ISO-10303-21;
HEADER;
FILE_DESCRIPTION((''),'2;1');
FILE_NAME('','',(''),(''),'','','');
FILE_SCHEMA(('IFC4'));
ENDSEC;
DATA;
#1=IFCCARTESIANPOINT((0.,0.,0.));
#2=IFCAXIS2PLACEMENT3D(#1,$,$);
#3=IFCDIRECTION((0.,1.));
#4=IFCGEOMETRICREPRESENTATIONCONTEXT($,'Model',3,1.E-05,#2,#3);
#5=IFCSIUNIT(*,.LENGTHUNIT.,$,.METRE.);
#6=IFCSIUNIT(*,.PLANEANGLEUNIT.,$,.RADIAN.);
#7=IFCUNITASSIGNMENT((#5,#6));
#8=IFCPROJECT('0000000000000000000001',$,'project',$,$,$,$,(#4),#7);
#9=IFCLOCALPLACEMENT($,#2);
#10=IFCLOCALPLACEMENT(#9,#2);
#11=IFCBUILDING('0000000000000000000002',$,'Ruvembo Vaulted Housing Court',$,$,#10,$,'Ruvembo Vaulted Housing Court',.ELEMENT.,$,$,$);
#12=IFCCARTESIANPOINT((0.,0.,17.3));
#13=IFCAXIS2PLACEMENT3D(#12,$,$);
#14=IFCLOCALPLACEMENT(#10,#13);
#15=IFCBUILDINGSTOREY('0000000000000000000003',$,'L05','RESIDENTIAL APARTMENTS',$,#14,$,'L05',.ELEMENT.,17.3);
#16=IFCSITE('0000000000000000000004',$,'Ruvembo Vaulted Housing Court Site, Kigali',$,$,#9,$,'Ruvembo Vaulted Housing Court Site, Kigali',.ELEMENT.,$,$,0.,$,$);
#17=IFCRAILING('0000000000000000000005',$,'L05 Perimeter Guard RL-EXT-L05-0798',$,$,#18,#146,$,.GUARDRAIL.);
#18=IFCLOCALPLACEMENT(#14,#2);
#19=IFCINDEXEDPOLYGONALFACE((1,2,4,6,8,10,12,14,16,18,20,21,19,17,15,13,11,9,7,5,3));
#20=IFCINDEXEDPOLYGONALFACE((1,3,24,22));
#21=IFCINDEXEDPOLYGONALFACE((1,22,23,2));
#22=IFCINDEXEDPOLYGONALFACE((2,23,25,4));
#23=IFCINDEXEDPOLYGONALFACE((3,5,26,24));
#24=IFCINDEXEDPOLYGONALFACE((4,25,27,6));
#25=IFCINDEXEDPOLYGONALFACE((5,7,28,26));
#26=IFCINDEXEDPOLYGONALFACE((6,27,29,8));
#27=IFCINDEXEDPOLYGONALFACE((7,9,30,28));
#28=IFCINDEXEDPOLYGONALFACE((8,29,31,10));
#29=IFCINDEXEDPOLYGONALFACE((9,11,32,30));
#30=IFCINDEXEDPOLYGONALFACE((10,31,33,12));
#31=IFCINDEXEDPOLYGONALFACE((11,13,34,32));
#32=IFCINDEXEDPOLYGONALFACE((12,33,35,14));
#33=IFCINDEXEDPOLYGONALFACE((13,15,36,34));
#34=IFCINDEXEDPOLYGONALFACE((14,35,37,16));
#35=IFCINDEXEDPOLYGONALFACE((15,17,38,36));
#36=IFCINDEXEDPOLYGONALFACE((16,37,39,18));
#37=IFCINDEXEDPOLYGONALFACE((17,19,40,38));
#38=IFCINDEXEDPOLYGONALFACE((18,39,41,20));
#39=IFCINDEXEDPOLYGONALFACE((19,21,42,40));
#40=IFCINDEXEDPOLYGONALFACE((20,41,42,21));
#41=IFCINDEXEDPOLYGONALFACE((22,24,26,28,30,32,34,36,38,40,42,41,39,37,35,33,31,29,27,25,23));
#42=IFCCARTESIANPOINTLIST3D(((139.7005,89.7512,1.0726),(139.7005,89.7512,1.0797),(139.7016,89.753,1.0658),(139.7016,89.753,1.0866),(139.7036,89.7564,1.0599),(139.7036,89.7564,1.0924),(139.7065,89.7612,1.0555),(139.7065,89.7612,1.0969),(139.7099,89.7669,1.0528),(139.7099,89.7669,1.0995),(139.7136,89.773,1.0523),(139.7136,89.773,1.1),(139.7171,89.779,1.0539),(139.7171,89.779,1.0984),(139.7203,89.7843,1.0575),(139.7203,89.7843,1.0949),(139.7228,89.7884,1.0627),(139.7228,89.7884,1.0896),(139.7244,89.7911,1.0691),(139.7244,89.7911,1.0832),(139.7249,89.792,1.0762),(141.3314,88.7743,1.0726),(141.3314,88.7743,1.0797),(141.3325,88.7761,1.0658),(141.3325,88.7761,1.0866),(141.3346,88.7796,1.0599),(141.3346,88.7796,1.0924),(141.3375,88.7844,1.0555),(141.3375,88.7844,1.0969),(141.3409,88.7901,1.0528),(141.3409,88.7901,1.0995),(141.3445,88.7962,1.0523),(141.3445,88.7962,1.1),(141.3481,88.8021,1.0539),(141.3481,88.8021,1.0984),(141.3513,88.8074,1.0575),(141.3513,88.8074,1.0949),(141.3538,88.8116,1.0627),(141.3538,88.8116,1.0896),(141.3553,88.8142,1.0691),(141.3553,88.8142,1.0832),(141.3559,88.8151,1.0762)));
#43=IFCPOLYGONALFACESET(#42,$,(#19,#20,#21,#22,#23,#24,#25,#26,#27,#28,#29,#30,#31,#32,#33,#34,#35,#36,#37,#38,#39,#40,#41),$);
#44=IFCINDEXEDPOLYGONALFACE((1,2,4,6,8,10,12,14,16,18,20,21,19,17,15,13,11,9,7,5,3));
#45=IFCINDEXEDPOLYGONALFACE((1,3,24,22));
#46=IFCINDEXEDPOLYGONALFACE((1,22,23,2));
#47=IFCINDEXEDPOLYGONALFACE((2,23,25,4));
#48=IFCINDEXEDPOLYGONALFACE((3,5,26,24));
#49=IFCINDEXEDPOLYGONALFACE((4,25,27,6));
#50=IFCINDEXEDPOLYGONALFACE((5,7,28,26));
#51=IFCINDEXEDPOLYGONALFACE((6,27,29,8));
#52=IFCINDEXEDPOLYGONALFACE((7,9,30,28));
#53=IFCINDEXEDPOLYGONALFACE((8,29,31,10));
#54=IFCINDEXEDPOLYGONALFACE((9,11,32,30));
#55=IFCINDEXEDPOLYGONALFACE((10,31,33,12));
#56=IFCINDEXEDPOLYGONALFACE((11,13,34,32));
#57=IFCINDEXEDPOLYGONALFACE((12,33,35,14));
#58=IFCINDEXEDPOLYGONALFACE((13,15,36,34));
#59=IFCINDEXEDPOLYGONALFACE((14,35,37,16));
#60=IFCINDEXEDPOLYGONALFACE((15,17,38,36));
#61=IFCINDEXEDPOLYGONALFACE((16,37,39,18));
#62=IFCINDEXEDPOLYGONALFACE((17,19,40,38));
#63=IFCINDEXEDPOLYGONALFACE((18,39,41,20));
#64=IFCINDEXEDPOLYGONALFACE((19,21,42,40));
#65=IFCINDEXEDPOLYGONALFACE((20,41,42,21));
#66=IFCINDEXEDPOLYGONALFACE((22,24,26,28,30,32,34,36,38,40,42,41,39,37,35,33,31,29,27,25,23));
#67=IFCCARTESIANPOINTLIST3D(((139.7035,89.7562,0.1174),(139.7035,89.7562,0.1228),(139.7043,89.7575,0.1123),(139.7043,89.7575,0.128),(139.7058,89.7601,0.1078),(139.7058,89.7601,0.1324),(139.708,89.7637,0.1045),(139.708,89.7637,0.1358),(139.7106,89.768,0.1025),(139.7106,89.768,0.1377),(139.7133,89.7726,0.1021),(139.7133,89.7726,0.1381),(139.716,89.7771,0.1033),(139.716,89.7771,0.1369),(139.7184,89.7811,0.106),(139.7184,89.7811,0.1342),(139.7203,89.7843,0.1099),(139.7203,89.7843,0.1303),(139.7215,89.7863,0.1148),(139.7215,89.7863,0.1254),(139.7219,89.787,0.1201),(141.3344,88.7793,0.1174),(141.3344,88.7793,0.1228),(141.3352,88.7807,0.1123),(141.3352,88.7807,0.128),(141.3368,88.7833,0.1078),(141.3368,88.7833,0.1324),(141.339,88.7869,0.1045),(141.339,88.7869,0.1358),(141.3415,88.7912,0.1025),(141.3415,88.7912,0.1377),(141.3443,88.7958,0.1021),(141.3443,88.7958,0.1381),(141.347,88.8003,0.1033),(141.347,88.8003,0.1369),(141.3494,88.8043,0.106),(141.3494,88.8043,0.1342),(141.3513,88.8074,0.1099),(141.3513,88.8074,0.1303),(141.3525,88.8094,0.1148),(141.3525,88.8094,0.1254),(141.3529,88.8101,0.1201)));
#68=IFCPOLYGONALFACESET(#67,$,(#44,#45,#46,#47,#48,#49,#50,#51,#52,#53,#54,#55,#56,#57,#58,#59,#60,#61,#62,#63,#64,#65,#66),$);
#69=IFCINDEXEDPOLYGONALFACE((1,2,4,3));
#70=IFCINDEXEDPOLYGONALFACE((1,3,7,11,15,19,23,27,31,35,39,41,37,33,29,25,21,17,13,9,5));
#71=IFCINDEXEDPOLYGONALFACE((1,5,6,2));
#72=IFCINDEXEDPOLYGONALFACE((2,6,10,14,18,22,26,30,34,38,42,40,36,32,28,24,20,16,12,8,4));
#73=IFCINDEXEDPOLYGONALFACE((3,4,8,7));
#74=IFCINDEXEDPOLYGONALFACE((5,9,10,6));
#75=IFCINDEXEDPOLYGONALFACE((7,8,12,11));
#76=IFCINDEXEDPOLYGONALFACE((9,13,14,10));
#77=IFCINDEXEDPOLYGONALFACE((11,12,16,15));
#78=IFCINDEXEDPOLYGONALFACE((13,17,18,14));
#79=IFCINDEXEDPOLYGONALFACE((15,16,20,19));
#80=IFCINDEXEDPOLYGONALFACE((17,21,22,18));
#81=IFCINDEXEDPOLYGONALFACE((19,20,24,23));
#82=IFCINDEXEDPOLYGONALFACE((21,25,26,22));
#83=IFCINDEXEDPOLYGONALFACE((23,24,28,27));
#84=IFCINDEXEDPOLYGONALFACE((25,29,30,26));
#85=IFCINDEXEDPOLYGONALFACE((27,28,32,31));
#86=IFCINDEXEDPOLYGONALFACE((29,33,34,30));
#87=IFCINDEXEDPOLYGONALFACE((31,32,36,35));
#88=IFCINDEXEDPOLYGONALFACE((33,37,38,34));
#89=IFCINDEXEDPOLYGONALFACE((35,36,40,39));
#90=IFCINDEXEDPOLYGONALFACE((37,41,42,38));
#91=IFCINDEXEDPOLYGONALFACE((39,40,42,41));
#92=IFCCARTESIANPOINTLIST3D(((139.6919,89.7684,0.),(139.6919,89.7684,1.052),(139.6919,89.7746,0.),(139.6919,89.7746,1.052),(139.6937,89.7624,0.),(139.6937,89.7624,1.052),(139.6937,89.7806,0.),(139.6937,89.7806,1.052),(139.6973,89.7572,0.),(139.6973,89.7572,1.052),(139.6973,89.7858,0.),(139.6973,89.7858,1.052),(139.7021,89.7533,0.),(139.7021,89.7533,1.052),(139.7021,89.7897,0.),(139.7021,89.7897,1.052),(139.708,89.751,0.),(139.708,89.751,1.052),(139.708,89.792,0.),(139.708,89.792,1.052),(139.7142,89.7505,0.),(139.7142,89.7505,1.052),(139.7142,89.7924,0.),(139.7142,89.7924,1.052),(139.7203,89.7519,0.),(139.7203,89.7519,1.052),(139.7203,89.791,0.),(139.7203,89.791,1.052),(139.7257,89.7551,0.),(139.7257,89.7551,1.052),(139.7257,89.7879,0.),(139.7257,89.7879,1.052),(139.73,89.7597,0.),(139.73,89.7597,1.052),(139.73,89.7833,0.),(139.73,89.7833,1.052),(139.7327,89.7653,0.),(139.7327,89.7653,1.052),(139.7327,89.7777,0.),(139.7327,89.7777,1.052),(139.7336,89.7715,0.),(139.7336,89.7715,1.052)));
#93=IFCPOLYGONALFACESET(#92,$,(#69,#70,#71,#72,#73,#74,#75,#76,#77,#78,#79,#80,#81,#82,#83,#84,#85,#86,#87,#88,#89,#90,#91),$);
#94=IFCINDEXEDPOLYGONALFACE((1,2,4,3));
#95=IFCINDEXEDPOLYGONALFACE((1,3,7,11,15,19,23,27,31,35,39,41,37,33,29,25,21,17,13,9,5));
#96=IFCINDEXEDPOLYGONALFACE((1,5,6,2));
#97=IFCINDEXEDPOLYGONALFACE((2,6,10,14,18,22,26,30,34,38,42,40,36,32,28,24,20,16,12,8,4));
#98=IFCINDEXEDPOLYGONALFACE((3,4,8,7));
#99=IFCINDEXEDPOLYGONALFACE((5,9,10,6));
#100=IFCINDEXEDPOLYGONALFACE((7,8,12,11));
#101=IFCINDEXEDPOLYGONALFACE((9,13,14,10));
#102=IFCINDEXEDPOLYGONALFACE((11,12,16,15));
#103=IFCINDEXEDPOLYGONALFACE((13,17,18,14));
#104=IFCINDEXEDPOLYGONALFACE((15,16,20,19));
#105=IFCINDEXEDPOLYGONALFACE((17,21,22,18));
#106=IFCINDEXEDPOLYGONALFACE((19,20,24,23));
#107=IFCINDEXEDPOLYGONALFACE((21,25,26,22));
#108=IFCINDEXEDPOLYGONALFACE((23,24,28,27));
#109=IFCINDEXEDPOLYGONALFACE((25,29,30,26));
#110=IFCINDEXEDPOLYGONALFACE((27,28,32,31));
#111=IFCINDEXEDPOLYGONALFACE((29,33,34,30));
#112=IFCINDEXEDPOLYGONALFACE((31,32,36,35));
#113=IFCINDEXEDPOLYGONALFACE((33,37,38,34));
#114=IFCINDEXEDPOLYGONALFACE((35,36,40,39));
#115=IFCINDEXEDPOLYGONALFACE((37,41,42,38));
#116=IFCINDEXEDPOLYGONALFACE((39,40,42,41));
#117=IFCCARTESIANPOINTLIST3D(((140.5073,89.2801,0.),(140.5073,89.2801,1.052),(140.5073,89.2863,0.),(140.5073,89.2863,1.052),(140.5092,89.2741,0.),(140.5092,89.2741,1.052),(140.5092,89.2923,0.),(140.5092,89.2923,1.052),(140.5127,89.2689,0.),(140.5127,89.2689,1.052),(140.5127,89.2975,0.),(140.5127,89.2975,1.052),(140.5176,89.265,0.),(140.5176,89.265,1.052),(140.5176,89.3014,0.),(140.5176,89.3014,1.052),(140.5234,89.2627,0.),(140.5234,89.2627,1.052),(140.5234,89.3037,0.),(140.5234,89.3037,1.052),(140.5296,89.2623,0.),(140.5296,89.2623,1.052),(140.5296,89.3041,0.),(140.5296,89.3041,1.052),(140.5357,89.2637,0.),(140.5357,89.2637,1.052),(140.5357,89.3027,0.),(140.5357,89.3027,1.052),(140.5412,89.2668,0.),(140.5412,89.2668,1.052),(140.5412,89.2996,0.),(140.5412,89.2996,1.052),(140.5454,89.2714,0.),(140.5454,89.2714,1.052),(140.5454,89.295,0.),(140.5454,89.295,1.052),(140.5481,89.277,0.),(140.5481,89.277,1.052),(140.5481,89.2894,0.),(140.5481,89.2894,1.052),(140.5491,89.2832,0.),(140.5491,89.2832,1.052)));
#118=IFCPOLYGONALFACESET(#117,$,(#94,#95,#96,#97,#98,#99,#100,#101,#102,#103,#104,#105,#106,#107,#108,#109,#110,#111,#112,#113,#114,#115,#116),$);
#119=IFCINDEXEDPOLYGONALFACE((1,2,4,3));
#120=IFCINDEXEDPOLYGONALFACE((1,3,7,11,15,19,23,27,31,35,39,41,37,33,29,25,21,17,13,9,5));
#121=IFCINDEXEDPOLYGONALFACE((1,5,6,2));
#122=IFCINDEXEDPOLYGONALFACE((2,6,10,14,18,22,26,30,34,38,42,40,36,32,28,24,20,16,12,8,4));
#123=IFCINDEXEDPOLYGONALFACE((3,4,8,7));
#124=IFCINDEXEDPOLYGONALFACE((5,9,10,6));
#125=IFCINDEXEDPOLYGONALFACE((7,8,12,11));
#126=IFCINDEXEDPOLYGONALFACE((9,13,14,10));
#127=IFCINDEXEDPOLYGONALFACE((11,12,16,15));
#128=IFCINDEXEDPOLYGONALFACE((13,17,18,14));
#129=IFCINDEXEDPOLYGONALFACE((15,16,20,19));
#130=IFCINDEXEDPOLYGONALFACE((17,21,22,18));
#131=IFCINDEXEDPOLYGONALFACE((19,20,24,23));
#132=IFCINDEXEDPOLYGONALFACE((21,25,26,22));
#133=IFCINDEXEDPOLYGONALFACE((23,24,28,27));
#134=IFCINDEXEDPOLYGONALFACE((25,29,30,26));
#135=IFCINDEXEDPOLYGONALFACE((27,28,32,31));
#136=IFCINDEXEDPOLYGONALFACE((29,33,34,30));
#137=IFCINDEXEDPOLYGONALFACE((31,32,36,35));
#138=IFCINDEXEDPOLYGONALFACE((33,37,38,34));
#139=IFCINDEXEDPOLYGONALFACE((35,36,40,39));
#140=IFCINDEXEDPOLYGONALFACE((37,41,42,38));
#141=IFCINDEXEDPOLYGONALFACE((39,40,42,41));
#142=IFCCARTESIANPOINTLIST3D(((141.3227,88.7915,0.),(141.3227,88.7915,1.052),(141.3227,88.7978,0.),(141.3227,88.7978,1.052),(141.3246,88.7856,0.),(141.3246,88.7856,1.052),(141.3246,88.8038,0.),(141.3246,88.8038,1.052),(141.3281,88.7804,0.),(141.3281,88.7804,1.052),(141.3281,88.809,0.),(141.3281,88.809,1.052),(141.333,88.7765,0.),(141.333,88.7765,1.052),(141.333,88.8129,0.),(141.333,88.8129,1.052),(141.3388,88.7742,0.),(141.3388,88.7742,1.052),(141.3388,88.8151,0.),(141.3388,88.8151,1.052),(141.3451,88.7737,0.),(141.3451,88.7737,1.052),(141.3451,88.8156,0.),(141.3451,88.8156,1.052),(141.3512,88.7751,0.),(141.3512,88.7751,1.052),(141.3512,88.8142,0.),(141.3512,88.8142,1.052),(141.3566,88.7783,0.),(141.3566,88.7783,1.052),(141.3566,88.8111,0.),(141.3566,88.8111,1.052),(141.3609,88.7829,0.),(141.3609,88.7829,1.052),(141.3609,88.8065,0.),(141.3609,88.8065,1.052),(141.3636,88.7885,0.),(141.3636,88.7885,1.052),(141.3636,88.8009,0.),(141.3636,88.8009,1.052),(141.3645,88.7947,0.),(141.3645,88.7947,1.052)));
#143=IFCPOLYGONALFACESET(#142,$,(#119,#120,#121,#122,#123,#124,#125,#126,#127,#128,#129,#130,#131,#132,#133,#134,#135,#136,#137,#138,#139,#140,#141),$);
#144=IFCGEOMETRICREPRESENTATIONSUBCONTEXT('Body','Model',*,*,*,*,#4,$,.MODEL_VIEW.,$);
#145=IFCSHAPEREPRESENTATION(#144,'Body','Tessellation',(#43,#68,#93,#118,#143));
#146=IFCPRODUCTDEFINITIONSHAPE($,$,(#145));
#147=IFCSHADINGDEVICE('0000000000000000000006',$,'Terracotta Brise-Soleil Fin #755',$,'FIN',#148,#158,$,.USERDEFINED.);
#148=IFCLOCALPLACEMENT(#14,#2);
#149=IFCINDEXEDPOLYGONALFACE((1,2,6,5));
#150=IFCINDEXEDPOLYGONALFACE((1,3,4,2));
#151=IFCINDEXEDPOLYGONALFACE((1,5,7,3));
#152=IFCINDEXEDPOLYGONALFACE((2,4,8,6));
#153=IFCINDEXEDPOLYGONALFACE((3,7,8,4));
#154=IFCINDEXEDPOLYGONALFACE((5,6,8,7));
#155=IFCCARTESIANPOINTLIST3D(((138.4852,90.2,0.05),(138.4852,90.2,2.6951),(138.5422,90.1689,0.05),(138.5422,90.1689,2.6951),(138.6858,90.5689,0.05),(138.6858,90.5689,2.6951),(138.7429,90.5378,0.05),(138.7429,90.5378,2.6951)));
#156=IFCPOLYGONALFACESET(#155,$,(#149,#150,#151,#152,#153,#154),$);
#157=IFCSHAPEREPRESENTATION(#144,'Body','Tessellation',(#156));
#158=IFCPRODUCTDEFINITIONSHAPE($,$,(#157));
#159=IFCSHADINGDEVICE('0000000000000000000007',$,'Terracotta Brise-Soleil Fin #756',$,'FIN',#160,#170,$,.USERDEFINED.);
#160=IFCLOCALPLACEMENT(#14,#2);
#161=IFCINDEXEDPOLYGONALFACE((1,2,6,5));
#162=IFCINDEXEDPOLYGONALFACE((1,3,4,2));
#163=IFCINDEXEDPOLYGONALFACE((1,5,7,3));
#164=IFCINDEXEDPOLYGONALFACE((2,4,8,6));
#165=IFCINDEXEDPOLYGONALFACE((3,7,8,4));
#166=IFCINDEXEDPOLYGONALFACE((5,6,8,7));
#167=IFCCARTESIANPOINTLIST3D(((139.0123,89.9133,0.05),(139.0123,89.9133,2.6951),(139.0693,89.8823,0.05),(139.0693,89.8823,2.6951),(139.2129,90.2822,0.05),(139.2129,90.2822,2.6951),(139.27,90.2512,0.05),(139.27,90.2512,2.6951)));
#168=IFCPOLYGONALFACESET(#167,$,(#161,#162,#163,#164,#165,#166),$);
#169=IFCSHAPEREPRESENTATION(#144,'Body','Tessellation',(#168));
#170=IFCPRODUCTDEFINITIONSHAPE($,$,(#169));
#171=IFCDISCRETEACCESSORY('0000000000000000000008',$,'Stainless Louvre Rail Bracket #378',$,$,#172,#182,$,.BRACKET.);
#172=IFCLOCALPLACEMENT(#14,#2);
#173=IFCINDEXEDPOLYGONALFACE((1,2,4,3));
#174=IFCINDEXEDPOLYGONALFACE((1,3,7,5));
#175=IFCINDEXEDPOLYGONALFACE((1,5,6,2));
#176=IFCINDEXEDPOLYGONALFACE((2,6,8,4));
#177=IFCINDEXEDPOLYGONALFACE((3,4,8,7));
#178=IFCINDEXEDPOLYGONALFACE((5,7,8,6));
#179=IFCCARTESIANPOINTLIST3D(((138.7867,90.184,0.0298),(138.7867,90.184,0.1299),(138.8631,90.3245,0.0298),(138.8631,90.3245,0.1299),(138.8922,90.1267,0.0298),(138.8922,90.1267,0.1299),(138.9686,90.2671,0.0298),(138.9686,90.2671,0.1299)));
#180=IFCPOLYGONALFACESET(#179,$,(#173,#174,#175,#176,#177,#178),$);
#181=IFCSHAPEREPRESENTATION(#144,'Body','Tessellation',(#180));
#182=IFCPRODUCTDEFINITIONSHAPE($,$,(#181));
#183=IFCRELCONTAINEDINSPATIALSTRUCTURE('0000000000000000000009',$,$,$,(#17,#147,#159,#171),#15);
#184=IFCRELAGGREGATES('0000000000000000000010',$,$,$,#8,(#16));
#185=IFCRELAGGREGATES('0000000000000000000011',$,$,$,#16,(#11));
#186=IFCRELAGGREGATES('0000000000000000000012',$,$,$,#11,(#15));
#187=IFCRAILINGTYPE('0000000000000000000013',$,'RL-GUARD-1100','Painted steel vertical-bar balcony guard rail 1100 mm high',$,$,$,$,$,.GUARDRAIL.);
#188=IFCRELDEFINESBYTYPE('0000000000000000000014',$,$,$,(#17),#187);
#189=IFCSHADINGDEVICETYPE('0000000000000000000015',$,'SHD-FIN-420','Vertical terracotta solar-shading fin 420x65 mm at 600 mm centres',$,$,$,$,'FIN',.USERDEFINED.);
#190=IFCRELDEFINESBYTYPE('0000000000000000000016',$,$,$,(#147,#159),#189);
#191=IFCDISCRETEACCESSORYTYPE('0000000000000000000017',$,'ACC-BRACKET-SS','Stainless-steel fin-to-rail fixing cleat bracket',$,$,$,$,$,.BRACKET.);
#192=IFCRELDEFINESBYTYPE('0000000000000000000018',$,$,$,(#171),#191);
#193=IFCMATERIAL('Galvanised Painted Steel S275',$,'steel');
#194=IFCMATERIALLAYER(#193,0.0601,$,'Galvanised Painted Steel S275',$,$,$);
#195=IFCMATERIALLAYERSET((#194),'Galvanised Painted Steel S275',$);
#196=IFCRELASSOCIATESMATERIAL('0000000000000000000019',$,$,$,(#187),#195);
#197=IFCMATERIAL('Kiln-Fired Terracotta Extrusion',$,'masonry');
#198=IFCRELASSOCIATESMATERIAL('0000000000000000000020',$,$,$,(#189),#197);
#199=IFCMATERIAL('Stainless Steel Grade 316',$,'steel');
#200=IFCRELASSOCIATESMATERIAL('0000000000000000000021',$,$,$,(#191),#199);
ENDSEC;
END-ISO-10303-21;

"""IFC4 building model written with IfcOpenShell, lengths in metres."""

from ifc_helpers import new_model, si_unit, direction, frame, origin, origin_2d, place, context, subcontext, project, spatial, rectangle, circle, extrude, material, layer, layer_set, type_object, element, save


model = new_model("IFC4")

# Units and contexts
model_context = context("Model", 3, precision=1e-05, world=origin(), true_north=direction((0.0, 1.0)))
body_context = subcontext(model_context, "Body", "Model", "MODEL_VIEW")
ifc_project = project(units=[si_unit("LENGTHUNIT", "METRE"), si_unit("PLANEANGLEUNIT", "RADIAN")], contexts=[model_context])

# Site, building, storey
site_placement = place(None, origin())
site = spatial("IfcSite", under=ifc_project, at=site_placement, Name="Ruvembo Vaulted Housing Court Site, Kigali", LongName="Ruvembo Vaulted Housing Court Site, Kigali", CompositionType="ELEMENT", RefElevation=0.0)
building_placement = place(site_placement, origin())
building = spatial("IfcBuilding", under=site, at=building_placement, Name="Ruvembo Vaulted Housing Court", LongName="Ruvembo Vaulted Housing Court", CompositionType="ELEMENT")
storey_placement = place(building_placement, frame((0.0, 0.0, 17.3)))
storey = spatial("IfcBuildingStorey", under=building, at=storey_placement, Name="L05", Description="RESIDENTIAL APARTMENTS", LongName="L05", CompositionType="ELEMENT", Elevation=17.3)

# Railing
ifc_material_1 = material(Name="Galvanised Painted Steel S275", Category="steel")
ifc_layer_1 = layer(ifc_material_1, 0.0601, Name="Galvanised Painted Steel S275")
ifc_layer_set_1 = layer_set([ifc_layer_1], Name="Galvanised Painted Steel S275")
railing_type = type_object("IfcRailingType", Name="RL-GUARD-1100", Description="Painted steel vertical-bar balcony guard rail 1100 mm high", PredefinedType="GUARDRAIL", material=ifc_layer_set_1)
railing_1_placement = place(storey_placement, frame((139.7126, 89.7715, 0.0)))
element("IfcRailing", 1, at=railing_1_placement, inside=storey, type_object=railing_type, Name="L05 Perimeter Guard RL-EXT-L05-0798", PredefinedType="GUARDRAIL", context=body_context, shape_type="SweptSolid", body=[
    extrude(circle(Radius=0.0239, at=origin_2d()), frame((0.0, 0.0, 1.0762), z_axis=(0.857889, -0.513835, 0.0), x_axis=(0.513835, 0.857889, 0.0)), (0.0, 0.0, 1.0), 1.9011),
    extrude(circle(Radius=0.0181, at=origin_2d()), frame((0.0, 0.0, 0.1201), z_axis=(0.857889, -0.513835, 0.0), x_axis=(0.513835, 0.857889, 0.0)), (0.0, 0.0, 1.0), 1.9011),
    extrude(circle(Radius=0.021, at=origin_2d()), origin(), (0.0, 0.0, 1.0), 1.052),
    extrude(circle(Radius=0.021, at=origin_2d()), frame((0.8154, -0.4883, 0.0)), (0.0, 0.0, 1.0), 1.052),
    extrude(circle(Radius=0.021, at=origin_2d()), frame((1.6309, -0.9768, 0.0)), (0.0, 0.0, 1.0), 1.052),
])

# Shading devices
ifc_material_2 = material(Name="Kiln-Fired Terracotta Extrusion", Category="masonry")
shading_device_type = type_object("IfcShadingDeviceType", Name="SHD-FIN-420", Description="Vertical terracotta solar-shading fin 420x65 mm at 600 mm centres", ElementType="FIN", PredefinedType="USERDEFINED", material=ifc_material_2)
for number, where, z_axis, x_axis, name in (
    (2, (138.614, 90.3689, 0.05), (0.0, 0.0, 1.0), (-0.477788, -0.878475, 0.0), "Terracotta Brise-Soleil Fin #755"),
    (3, (139.1411, 90.0823, 0.05), (0.0, 0.0, 1.0), (-0.477788, -0.878475, 0.0), "Terracotta Brise-Soleil Fin #756"),
):
    element("IfcShadingDevice", number, at=place(storey_placement, frame(where, z_axis=z_axis, x_axis=x_axis)), inside=storey, type_object=shading_device_type, Name=name, ObjectType="FIN", PredefinedType="USERDEFINED", context=body_context, shape_type="SweptSolid", body=[
        extrude(rectangle(XDim=0.4199, YDim=0.0649, at=origin_2d()), origin(), (0.0, 0.0, 1.0), 2.645),
    ])

# Discrete accessory
ifc_material_3 = material(Name="Stainless Steel Grade 316", Category="steel")
discrete_accessory_type = type_object("IfcDiscreteAccessoryType", Name="ACC-BRACKET-SS", Description="Stainless-steel fin-to-rail fixing cleat bracket", PredefinedType="BRACKET", material=ifc_material_3)
discrete_accessory_placement = place(storey_placement, frame((138.8777, 90.2256, 0.0298), z_axis=(0.0, 0.0, 1.0), x_axis=(-0.477788, -0.878475, 0.0)))
element("IfcDiscreteAccessory", 4, at=discrete_accessory_placement, inside=storey, type_object=discrete_accessory_type, Name="Stainless Louvre Rail Bracket #378", PredefinedType="BRACKET", context=body_context, shape_type="SweptSolid", body=[
    extrude(rectangle(XDim=0.1599, YDim=0.1201, at=origin_2d()), origin(), (0.0, 0.0, 1.0), 0.1001),
])

save(model, "model.ifc")
